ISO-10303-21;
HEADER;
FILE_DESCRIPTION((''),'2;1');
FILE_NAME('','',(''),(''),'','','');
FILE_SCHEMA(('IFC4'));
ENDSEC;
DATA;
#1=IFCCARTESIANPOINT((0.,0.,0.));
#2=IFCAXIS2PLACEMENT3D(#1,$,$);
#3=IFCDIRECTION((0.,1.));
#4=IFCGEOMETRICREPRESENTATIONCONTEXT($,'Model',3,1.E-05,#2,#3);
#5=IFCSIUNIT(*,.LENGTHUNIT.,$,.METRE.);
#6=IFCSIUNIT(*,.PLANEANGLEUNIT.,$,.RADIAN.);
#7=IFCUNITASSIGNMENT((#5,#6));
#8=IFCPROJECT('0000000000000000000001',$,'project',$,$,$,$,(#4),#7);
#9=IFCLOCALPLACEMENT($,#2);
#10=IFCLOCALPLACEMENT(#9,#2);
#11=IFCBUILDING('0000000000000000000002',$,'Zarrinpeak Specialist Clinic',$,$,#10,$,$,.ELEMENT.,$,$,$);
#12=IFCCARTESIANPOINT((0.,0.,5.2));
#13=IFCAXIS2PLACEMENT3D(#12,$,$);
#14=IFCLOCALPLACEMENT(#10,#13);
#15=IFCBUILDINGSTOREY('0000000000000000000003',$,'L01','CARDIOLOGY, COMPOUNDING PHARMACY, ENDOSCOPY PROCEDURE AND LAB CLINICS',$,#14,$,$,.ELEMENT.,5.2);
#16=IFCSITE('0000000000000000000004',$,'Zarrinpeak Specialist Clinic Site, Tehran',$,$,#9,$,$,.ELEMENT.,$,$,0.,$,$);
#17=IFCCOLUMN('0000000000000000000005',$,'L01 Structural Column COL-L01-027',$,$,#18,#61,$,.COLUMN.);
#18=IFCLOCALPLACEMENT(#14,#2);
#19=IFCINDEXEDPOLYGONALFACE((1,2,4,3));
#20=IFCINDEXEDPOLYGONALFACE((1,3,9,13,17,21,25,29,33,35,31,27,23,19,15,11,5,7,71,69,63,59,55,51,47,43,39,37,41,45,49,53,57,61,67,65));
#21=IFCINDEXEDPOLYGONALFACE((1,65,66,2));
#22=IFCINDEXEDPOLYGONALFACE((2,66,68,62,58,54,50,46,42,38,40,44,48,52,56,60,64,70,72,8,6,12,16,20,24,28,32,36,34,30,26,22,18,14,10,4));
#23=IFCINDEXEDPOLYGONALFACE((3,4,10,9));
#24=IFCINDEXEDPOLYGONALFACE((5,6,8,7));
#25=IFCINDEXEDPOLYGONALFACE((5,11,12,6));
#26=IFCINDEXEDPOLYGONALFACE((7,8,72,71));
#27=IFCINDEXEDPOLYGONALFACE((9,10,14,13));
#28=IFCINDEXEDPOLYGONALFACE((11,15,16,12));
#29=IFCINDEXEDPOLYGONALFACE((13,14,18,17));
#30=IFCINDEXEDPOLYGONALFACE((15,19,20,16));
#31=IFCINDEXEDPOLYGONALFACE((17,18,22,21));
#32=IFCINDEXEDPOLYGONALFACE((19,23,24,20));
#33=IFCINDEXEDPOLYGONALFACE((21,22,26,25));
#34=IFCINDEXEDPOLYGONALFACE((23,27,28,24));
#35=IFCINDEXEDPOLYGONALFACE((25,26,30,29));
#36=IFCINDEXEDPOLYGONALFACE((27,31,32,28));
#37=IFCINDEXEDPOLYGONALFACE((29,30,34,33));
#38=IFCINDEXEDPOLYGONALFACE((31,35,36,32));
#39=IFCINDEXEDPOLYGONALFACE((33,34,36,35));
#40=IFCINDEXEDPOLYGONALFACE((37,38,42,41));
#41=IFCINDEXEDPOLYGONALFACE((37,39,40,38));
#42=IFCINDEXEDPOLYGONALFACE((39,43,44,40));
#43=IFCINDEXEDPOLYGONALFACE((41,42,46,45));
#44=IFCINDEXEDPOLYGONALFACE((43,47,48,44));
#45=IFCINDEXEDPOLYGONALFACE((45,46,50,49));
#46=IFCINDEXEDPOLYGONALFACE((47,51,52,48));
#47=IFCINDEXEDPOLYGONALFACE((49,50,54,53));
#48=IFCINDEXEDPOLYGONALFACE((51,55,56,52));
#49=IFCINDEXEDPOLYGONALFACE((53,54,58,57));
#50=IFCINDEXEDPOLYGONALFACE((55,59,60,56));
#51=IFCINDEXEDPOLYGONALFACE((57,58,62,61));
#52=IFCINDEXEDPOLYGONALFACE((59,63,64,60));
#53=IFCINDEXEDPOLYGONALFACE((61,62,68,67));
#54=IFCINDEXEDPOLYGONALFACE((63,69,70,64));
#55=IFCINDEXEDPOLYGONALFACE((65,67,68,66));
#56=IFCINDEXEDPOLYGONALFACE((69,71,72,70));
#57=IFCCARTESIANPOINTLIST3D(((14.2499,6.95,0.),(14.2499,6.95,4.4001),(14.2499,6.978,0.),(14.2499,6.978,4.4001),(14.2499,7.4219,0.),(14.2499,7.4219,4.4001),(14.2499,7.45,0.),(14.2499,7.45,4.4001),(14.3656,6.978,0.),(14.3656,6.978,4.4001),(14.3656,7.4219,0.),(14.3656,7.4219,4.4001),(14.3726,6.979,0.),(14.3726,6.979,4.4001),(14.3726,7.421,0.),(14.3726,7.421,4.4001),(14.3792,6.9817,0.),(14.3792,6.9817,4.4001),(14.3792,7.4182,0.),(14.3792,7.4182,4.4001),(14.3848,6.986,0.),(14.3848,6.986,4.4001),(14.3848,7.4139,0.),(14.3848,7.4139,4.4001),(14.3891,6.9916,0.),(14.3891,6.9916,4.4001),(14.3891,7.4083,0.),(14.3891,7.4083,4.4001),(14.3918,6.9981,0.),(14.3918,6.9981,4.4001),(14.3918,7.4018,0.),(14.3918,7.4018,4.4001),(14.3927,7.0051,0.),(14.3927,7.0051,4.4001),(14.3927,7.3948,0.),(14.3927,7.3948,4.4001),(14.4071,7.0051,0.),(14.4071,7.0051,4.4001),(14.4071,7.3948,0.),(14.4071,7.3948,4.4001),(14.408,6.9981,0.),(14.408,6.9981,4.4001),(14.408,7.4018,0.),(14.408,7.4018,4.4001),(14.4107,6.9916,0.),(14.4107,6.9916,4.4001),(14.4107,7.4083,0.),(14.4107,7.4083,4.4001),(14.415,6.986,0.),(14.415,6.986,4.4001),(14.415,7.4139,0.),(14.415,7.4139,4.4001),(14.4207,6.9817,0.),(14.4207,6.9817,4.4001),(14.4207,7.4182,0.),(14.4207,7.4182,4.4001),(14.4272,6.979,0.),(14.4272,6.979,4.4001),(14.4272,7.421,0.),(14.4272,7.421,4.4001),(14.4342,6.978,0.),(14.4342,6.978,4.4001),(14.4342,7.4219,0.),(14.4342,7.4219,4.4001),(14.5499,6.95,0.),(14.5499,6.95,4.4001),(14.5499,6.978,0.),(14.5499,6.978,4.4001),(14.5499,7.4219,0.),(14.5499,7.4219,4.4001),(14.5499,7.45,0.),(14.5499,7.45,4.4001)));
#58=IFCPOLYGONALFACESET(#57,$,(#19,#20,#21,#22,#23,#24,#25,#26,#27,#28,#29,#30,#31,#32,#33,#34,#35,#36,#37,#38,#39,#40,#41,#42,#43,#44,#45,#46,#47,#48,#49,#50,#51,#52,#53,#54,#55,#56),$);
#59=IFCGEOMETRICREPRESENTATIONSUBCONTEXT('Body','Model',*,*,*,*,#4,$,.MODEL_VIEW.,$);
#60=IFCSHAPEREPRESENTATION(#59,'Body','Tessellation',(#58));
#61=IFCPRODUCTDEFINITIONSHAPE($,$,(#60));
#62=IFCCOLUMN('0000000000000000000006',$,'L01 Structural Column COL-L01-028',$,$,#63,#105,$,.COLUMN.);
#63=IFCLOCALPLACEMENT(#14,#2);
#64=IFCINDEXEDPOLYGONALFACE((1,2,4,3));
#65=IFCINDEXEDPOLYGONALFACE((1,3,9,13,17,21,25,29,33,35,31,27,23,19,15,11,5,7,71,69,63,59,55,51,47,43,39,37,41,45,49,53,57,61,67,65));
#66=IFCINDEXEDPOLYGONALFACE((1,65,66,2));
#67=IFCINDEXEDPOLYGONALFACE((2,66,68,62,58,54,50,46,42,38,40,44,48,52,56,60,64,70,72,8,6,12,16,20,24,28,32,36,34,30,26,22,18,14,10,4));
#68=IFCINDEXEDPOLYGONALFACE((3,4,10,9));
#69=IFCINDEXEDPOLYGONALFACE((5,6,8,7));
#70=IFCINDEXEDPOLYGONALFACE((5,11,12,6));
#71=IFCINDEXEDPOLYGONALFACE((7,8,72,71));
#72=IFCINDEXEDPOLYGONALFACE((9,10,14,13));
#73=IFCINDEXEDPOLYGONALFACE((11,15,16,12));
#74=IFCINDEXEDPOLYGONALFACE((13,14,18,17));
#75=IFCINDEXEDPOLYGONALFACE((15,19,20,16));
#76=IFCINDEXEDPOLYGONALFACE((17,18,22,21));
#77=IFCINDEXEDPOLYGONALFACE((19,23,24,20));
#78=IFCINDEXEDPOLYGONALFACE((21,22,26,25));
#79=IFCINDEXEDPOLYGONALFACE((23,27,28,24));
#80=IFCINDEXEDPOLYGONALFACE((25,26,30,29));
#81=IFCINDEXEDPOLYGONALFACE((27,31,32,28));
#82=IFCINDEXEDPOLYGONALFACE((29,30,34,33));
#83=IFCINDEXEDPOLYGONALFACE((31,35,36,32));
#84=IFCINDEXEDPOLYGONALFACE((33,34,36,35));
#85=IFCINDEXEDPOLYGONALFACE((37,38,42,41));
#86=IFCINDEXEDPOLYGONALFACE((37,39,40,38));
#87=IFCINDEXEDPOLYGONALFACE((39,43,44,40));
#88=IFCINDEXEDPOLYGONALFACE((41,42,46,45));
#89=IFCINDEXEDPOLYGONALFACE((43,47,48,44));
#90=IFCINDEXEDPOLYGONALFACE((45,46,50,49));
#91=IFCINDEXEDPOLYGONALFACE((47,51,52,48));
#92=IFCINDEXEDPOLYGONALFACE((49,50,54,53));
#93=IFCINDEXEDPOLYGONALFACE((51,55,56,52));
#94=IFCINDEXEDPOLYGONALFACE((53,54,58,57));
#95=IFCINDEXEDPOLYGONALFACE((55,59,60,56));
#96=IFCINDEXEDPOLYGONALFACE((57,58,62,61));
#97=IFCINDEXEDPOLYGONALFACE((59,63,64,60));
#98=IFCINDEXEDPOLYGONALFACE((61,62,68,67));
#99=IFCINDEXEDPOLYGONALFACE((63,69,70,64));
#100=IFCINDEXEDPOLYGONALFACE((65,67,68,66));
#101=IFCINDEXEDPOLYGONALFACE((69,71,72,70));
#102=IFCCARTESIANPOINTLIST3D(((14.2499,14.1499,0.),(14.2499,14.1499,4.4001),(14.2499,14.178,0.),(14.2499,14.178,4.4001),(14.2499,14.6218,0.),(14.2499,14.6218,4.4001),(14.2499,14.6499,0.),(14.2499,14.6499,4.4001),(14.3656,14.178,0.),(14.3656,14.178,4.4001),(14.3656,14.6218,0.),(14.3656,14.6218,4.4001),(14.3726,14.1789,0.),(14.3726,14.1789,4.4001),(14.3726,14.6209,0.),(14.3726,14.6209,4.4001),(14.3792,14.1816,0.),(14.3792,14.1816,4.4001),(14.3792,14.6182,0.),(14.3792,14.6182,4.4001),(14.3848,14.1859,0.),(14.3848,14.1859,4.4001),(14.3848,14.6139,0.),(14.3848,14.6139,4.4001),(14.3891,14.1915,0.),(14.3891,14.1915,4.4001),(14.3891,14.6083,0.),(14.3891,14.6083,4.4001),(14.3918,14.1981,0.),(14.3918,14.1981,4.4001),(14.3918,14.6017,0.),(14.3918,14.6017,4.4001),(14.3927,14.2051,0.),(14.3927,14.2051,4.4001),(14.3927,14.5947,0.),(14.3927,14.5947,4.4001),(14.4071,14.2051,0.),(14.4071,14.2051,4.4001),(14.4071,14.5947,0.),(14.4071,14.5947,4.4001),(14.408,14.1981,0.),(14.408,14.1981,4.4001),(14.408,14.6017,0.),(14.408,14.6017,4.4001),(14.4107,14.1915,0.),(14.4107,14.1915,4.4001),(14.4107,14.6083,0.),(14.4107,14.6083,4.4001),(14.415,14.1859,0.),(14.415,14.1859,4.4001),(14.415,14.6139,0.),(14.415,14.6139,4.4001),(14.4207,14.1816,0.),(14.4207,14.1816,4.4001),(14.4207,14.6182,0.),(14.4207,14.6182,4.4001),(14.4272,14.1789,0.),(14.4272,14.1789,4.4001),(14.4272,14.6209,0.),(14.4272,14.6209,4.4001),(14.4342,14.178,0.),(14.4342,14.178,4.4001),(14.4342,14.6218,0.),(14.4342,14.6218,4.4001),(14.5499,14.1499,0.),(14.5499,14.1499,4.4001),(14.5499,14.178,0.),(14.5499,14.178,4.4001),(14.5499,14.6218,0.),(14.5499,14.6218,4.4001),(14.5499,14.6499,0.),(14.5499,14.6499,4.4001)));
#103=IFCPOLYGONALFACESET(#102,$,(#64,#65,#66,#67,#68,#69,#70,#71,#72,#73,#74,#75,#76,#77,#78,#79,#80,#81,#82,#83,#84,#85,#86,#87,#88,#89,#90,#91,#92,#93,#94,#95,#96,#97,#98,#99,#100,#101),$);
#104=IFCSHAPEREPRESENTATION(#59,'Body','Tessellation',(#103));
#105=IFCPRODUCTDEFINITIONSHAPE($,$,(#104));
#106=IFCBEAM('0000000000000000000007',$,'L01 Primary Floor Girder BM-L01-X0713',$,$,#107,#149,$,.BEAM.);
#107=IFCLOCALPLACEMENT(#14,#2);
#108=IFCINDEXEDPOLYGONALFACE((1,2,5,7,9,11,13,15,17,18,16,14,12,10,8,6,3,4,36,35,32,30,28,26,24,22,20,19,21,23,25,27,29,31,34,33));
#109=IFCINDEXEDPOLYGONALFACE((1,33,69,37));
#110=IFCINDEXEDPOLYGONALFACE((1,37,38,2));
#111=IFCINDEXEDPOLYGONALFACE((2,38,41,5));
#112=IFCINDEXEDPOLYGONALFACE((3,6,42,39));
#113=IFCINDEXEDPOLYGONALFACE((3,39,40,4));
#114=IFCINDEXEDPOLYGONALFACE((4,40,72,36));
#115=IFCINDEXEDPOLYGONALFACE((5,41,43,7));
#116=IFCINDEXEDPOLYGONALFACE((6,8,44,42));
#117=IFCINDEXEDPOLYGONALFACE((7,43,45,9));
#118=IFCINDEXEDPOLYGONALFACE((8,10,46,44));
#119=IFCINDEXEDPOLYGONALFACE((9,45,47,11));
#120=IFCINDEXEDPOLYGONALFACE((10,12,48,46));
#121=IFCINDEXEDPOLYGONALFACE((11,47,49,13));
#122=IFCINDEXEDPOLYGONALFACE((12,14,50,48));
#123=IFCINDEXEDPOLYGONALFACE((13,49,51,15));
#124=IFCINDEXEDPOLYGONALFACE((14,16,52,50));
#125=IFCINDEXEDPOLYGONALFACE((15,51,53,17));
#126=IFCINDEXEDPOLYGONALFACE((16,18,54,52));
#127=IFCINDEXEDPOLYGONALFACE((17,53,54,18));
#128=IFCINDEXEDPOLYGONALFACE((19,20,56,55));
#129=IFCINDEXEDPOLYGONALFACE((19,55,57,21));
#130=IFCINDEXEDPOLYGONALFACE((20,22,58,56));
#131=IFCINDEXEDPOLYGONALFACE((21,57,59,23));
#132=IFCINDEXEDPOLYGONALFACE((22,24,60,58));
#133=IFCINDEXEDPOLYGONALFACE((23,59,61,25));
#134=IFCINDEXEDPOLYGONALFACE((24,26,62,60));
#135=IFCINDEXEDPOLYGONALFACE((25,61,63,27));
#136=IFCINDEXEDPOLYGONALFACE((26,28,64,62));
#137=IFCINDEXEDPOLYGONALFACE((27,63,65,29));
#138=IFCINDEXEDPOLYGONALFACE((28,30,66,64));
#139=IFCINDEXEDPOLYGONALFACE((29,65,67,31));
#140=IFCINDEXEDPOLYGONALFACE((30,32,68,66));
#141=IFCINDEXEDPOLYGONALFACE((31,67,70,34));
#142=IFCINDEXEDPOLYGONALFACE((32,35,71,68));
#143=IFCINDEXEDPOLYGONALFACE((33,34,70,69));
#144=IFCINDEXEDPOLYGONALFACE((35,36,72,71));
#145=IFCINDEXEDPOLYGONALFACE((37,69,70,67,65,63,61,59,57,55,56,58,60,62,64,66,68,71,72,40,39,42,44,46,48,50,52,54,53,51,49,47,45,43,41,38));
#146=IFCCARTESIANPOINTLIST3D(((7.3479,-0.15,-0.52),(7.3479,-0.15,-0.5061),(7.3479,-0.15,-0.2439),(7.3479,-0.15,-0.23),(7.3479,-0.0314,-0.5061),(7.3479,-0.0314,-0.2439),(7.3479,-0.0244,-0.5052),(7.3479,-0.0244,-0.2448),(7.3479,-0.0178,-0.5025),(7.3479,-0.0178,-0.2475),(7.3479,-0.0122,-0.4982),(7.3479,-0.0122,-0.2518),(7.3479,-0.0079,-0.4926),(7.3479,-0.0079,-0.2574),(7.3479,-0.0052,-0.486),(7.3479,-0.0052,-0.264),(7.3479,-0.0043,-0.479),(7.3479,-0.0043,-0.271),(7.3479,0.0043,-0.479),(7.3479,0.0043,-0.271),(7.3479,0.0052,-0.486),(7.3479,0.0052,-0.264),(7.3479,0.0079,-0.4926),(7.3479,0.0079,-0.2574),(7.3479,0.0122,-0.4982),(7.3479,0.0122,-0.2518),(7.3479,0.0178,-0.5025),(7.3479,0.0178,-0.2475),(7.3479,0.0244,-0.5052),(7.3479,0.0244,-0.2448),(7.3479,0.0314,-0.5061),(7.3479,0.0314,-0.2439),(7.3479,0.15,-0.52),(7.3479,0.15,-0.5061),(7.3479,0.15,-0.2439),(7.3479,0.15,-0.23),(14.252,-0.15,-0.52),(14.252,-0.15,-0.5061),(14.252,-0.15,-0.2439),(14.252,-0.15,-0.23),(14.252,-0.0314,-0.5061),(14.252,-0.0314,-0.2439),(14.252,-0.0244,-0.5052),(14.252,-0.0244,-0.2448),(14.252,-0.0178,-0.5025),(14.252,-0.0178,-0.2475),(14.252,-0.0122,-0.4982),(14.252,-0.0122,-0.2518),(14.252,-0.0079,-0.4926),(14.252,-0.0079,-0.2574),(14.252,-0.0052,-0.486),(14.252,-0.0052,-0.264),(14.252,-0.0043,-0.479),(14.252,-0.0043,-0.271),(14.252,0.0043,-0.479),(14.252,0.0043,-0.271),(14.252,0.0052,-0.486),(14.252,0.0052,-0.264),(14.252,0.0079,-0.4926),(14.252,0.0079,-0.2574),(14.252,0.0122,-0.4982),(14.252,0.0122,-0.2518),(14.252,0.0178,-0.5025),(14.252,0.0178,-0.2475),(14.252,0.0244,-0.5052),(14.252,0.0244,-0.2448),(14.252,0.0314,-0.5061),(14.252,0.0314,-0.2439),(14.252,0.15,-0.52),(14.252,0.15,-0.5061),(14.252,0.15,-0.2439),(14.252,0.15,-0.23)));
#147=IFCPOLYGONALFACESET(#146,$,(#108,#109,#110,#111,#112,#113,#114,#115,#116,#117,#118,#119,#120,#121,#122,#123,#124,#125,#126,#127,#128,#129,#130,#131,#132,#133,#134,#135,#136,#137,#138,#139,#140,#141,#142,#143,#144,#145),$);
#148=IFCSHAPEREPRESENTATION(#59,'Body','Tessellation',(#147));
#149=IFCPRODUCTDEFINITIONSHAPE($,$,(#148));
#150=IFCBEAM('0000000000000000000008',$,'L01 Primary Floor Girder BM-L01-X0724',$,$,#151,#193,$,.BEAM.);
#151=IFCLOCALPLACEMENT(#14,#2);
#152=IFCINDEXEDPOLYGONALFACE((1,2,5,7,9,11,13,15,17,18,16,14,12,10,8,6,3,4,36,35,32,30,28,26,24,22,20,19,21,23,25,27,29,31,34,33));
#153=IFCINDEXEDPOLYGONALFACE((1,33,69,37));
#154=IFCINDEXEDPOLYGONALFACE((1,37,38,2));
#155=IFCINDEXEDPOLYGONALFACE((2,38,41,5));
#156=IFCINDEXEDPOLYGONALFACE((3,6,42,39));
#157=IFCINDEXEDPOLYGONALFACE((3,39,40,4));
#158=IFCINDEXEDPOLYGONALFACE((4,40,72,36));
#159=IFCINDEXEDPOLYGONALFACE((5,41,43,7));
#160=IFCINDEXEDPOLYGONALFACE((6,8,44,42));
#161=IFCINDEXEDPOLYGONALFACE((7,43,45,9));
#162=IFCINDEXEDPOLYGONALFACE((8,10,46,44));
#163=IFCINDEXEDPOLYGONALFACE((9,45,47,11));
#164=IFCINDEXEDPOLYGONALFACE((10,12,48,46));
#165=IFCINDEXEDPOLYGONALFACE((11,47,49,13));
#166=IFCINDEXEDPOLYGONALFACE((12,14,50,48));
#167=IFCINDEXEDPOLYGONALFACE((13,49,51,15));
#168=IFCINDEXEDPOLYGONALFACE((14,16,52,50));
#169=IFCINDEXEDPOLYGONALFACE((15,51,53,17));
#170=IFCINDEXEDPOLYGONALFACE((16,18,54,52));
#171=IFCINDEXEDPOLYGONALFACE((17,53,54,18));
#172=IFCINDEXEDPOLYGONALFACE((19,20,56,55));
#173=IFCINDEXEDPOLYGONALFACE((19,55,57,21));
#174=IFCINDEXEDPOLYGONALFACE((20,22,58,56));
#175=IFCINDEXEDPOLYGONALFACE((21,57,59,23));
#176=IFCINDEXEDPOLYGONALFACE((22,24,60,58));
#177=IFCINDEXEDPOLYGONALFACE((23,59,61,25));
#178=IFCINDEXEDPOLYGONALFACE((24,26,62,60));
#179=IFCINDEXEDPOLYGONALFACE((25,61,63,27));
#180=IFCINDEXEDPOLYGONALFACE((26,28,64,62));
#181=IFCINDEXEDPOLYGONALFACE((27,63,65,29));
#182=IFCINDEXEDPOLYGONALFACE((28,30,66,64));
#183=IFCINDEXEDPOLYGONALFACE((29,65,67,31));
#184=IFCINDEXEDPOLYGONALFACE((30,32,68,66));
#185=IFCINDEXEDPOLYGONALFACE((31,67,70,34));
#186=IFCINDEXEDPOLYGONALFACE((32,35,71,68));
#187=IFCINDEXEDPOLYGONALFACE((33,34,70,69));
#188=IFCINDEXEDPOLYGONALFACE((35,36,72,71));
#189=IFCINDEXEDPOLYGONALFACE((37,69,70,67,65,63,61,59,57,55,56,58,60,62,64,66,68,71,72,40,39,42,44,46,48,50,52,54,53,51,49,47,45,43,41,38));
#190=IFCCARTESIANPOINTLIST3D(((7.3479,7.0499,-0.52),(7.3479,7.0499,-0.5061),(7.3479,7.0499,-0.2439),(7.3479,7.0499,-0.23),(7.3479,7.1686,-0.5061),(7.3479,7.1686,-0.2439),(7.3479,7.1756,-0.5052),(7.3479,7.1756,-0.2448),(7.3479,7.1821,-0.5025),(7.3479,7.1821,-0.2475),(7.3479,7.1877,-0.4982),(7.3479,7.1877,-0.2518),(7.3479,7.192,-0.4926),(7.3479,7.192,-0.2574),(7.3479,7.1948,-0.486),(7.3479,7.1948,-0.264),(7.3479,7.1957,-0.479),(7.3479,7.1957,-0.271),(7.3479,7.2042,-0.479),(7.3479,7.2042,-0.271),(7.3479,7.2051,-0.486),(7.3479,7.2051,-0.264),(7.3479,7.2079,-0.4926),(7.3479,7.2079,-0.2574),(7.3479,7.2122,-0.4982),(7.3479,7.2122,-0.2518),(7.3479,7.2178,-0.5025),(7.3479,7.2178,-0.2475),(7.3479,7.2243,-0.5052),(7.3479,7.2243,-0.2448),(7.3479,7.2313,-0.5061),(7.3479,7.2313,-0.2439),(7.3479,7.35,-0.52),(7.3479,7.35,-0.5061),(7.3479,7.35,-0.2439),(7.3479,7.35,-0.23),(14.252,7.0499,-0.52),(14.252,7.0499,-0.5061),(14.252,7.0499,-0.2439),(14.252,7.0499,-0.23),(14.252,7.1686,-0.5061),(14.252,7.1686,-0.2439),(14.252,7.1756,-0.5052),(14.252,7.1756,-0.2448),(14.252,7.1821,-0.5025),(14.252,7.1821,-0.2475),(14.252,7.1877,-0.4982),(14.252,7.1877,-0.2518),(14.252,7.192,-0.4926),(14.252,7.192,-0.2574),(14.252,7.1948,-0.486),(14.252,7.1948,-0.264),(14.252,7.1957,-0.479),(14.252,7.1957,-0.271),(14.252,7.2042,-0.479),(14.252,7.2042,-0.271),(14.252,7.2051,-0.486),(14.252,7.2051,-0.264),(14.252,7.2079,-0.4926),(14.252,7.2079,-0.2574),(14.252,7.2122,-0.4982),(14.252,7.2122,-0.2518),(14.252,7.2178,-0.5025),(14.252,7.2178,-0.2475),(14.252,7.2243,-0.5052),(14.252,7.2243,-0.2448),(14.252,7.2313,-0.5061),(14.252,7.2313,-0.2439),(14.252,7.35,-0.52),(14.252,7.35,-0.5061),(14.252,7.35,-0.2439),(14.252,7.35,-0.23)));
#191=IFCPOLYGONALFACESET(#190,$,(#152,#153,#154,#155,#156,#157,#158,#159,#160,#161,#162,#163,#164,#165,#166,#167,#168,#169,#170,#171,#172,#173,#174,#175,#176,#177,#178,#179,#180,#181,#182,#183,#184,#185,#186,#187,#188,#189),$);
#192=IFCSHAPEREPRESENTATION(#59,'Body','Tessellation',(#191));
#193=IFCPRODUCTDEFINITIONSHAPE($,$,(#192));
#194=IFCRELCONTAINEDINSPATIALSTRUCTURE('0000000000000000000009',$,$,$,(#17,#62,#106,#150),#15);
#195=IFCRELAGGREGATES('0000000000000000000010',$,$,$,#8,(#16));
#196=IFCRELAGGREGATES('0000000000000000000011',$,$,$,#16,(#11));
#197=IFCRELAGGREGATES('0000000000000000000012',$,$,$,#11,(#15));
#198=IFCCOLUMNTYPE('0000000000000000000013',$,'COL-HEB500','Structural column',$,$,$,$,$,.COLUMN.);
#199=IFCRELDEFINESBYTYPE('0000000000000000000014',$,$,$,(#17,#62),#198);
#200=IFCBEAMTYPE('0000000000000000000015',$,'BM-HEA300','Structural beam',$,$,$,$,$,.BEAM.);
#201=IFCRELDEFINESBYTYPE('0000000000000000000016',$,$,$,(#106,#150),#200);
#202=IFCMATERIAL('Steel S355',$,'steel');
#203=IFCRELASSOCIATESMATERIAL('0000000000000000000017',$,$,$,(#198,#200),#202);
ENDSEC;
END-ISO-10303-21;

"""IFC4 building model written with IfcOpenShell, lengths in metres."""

from ifc_helpers import new_model, si_unit, direction, frame, origin, origin_2d, place, context, subcontext, project, spatial, i_section, extrude, material, material_profile, profile_set, type_object, element, save


model = new_model("IFC4")

# Units and contexts
model_context = context("Model", 3, precision=1e-05, world=origin(), true_north=direction((0.0, 1.0)))
body_context = subcontext(model_context, "Body", "Model", "MODEL_VIEW")
ifc_project = project(units=[si_unit("LENGTHUNIT", "METRE"), si_unit("PLANEANGLEUNIT", "RADIAN")], contexts=[model_context])

# Site, building, storey
site_placement = place(None, origin())
site = spatial("IfcSite", under=ifc_project, at=site_placement, Name="Zarrinpeak Specialist Clinic Site, Tehran", CompositionType="ELEMENT", RefElevation=0.0)
building_placement = place(site_placement, origin())
building = spatial("IfcBuilding", under=site, at=building_placement, Name="Zarrinpeak Specialist Clinic", CompositionType="ELEMENT")
storey_placement = place(building_placement, frame((0.0, 0.0, 5.2)))
storey = spatial("IfcBuildingStorey", under=building, at=storey_placement, Name="L01", Description="CARDIOLOGY, COMPOUNDING PHARMACY, ENDOSCOPY PROCEDURE AND LAB CLINICS", CompositionType="ELEMENT", Elevation=5.2)

# Columns
ifc_material_1 = material(Name="Steel S355", Category="steel")
ifc_material_profile_1 = material_profile(ifc_material_1, i_section(OverallWidth=0.3, OverallDepth=0.5, WebThickness=0.0144, FlangeThickness=0.0281, FilletRadius=0.0271, at=origin_2d()), Name="HEB 500")
ifc_profile_set_1 = profile_set([ifc_material_profile_1], Name="Steel S355")
column_type = type_object("IfcColumnType", Name="COL-HEB500", Description="Structural column", PredefinedType="COLUMN", material=ifc_profile_set_1)
for number, where, z_axis, x_axis, name in (
    (1, (14.3999, 7.2, 0.0), (0.0, 0.0, 1.0), (1.0, 0.0, 0.0), "L01 Structural Column COL-L01-027"),
    (2, (14.3999, 14.3999, 0.0), (0.0, 0.0, 1.0), (1.0, 0.0, 0.0), "L01 Structural Column COL-L01-028"),
):
    element("IfcColumn", number, at=place(storey_placement, frame(where, z_axis=z_axis, x_axis=x_axis)), inside=storey, type_object=column_type, Name=name, PredefinedType="COLUMN", context=body_context, shape_type="SweptSolid", body=[
        extrude(i_section(OverallWidth=0.3, OverallDepth=0.5, WebThickness=0.0144, FlangeThickness=0.0281, FilletRadius=0.0271, at=origin_2d()), origin(), (0.0, 0.0, 1.0), 4.4001),
    ])

# Beams
ifc_material_profile_2 = material_profile(ifc_material_1, i_section(OverallWidth=0.3, OverallDepth=0.29, WebThickness=0.0085, FlangeThickness=0.0139, FilletRadius=0.0271, at=origin_2d()), Name="HEA 300")
ifc_profile_set_2 = profile_set([ifc_material_profile_2], Name="Steel S355")
beam_type_1 = type_object("IfcBeamType", Name="BM-HEA300", Description="Structural beam", PredefinedType="BEAM", material=ifc_profile_set_2)
for number, where, z_axis, x_axis, name in (
    (3, (7.3479, 0.0, -0.375), (1.0, 0.0, 0.0), (0.0, 1.0, 0.0), "L01 Primary Floor Girder BM-L01-X0713"),
    (4, (7.3479, 7.2, -0.375), (1.0, 0.0, 0.0), (0.0, 1.0, 0.0), "L01 Primary Floor Girder BM-L01-X0724"),
):
    element("IfcBeam", number, at=place(storey_placement, frame(where, z_axis=z_axis, x_axis=x_axis)), inside=storey, type_object=beam_type_1, Name=name, PredefinedType="BEAM", context=body_context, shape_type="SweptSolid", body=[
        extrude(i_section(OverallWidth=0.3, OverallDepth=0.29, WebThickness=0.0085, FlangeThickness=0.0139, FilletRadius=0.0271, at=origin_2d()), origin(), (0.0, 0.0, 1.0), 6.9041),
    ])

save(model, "model.ifc")
